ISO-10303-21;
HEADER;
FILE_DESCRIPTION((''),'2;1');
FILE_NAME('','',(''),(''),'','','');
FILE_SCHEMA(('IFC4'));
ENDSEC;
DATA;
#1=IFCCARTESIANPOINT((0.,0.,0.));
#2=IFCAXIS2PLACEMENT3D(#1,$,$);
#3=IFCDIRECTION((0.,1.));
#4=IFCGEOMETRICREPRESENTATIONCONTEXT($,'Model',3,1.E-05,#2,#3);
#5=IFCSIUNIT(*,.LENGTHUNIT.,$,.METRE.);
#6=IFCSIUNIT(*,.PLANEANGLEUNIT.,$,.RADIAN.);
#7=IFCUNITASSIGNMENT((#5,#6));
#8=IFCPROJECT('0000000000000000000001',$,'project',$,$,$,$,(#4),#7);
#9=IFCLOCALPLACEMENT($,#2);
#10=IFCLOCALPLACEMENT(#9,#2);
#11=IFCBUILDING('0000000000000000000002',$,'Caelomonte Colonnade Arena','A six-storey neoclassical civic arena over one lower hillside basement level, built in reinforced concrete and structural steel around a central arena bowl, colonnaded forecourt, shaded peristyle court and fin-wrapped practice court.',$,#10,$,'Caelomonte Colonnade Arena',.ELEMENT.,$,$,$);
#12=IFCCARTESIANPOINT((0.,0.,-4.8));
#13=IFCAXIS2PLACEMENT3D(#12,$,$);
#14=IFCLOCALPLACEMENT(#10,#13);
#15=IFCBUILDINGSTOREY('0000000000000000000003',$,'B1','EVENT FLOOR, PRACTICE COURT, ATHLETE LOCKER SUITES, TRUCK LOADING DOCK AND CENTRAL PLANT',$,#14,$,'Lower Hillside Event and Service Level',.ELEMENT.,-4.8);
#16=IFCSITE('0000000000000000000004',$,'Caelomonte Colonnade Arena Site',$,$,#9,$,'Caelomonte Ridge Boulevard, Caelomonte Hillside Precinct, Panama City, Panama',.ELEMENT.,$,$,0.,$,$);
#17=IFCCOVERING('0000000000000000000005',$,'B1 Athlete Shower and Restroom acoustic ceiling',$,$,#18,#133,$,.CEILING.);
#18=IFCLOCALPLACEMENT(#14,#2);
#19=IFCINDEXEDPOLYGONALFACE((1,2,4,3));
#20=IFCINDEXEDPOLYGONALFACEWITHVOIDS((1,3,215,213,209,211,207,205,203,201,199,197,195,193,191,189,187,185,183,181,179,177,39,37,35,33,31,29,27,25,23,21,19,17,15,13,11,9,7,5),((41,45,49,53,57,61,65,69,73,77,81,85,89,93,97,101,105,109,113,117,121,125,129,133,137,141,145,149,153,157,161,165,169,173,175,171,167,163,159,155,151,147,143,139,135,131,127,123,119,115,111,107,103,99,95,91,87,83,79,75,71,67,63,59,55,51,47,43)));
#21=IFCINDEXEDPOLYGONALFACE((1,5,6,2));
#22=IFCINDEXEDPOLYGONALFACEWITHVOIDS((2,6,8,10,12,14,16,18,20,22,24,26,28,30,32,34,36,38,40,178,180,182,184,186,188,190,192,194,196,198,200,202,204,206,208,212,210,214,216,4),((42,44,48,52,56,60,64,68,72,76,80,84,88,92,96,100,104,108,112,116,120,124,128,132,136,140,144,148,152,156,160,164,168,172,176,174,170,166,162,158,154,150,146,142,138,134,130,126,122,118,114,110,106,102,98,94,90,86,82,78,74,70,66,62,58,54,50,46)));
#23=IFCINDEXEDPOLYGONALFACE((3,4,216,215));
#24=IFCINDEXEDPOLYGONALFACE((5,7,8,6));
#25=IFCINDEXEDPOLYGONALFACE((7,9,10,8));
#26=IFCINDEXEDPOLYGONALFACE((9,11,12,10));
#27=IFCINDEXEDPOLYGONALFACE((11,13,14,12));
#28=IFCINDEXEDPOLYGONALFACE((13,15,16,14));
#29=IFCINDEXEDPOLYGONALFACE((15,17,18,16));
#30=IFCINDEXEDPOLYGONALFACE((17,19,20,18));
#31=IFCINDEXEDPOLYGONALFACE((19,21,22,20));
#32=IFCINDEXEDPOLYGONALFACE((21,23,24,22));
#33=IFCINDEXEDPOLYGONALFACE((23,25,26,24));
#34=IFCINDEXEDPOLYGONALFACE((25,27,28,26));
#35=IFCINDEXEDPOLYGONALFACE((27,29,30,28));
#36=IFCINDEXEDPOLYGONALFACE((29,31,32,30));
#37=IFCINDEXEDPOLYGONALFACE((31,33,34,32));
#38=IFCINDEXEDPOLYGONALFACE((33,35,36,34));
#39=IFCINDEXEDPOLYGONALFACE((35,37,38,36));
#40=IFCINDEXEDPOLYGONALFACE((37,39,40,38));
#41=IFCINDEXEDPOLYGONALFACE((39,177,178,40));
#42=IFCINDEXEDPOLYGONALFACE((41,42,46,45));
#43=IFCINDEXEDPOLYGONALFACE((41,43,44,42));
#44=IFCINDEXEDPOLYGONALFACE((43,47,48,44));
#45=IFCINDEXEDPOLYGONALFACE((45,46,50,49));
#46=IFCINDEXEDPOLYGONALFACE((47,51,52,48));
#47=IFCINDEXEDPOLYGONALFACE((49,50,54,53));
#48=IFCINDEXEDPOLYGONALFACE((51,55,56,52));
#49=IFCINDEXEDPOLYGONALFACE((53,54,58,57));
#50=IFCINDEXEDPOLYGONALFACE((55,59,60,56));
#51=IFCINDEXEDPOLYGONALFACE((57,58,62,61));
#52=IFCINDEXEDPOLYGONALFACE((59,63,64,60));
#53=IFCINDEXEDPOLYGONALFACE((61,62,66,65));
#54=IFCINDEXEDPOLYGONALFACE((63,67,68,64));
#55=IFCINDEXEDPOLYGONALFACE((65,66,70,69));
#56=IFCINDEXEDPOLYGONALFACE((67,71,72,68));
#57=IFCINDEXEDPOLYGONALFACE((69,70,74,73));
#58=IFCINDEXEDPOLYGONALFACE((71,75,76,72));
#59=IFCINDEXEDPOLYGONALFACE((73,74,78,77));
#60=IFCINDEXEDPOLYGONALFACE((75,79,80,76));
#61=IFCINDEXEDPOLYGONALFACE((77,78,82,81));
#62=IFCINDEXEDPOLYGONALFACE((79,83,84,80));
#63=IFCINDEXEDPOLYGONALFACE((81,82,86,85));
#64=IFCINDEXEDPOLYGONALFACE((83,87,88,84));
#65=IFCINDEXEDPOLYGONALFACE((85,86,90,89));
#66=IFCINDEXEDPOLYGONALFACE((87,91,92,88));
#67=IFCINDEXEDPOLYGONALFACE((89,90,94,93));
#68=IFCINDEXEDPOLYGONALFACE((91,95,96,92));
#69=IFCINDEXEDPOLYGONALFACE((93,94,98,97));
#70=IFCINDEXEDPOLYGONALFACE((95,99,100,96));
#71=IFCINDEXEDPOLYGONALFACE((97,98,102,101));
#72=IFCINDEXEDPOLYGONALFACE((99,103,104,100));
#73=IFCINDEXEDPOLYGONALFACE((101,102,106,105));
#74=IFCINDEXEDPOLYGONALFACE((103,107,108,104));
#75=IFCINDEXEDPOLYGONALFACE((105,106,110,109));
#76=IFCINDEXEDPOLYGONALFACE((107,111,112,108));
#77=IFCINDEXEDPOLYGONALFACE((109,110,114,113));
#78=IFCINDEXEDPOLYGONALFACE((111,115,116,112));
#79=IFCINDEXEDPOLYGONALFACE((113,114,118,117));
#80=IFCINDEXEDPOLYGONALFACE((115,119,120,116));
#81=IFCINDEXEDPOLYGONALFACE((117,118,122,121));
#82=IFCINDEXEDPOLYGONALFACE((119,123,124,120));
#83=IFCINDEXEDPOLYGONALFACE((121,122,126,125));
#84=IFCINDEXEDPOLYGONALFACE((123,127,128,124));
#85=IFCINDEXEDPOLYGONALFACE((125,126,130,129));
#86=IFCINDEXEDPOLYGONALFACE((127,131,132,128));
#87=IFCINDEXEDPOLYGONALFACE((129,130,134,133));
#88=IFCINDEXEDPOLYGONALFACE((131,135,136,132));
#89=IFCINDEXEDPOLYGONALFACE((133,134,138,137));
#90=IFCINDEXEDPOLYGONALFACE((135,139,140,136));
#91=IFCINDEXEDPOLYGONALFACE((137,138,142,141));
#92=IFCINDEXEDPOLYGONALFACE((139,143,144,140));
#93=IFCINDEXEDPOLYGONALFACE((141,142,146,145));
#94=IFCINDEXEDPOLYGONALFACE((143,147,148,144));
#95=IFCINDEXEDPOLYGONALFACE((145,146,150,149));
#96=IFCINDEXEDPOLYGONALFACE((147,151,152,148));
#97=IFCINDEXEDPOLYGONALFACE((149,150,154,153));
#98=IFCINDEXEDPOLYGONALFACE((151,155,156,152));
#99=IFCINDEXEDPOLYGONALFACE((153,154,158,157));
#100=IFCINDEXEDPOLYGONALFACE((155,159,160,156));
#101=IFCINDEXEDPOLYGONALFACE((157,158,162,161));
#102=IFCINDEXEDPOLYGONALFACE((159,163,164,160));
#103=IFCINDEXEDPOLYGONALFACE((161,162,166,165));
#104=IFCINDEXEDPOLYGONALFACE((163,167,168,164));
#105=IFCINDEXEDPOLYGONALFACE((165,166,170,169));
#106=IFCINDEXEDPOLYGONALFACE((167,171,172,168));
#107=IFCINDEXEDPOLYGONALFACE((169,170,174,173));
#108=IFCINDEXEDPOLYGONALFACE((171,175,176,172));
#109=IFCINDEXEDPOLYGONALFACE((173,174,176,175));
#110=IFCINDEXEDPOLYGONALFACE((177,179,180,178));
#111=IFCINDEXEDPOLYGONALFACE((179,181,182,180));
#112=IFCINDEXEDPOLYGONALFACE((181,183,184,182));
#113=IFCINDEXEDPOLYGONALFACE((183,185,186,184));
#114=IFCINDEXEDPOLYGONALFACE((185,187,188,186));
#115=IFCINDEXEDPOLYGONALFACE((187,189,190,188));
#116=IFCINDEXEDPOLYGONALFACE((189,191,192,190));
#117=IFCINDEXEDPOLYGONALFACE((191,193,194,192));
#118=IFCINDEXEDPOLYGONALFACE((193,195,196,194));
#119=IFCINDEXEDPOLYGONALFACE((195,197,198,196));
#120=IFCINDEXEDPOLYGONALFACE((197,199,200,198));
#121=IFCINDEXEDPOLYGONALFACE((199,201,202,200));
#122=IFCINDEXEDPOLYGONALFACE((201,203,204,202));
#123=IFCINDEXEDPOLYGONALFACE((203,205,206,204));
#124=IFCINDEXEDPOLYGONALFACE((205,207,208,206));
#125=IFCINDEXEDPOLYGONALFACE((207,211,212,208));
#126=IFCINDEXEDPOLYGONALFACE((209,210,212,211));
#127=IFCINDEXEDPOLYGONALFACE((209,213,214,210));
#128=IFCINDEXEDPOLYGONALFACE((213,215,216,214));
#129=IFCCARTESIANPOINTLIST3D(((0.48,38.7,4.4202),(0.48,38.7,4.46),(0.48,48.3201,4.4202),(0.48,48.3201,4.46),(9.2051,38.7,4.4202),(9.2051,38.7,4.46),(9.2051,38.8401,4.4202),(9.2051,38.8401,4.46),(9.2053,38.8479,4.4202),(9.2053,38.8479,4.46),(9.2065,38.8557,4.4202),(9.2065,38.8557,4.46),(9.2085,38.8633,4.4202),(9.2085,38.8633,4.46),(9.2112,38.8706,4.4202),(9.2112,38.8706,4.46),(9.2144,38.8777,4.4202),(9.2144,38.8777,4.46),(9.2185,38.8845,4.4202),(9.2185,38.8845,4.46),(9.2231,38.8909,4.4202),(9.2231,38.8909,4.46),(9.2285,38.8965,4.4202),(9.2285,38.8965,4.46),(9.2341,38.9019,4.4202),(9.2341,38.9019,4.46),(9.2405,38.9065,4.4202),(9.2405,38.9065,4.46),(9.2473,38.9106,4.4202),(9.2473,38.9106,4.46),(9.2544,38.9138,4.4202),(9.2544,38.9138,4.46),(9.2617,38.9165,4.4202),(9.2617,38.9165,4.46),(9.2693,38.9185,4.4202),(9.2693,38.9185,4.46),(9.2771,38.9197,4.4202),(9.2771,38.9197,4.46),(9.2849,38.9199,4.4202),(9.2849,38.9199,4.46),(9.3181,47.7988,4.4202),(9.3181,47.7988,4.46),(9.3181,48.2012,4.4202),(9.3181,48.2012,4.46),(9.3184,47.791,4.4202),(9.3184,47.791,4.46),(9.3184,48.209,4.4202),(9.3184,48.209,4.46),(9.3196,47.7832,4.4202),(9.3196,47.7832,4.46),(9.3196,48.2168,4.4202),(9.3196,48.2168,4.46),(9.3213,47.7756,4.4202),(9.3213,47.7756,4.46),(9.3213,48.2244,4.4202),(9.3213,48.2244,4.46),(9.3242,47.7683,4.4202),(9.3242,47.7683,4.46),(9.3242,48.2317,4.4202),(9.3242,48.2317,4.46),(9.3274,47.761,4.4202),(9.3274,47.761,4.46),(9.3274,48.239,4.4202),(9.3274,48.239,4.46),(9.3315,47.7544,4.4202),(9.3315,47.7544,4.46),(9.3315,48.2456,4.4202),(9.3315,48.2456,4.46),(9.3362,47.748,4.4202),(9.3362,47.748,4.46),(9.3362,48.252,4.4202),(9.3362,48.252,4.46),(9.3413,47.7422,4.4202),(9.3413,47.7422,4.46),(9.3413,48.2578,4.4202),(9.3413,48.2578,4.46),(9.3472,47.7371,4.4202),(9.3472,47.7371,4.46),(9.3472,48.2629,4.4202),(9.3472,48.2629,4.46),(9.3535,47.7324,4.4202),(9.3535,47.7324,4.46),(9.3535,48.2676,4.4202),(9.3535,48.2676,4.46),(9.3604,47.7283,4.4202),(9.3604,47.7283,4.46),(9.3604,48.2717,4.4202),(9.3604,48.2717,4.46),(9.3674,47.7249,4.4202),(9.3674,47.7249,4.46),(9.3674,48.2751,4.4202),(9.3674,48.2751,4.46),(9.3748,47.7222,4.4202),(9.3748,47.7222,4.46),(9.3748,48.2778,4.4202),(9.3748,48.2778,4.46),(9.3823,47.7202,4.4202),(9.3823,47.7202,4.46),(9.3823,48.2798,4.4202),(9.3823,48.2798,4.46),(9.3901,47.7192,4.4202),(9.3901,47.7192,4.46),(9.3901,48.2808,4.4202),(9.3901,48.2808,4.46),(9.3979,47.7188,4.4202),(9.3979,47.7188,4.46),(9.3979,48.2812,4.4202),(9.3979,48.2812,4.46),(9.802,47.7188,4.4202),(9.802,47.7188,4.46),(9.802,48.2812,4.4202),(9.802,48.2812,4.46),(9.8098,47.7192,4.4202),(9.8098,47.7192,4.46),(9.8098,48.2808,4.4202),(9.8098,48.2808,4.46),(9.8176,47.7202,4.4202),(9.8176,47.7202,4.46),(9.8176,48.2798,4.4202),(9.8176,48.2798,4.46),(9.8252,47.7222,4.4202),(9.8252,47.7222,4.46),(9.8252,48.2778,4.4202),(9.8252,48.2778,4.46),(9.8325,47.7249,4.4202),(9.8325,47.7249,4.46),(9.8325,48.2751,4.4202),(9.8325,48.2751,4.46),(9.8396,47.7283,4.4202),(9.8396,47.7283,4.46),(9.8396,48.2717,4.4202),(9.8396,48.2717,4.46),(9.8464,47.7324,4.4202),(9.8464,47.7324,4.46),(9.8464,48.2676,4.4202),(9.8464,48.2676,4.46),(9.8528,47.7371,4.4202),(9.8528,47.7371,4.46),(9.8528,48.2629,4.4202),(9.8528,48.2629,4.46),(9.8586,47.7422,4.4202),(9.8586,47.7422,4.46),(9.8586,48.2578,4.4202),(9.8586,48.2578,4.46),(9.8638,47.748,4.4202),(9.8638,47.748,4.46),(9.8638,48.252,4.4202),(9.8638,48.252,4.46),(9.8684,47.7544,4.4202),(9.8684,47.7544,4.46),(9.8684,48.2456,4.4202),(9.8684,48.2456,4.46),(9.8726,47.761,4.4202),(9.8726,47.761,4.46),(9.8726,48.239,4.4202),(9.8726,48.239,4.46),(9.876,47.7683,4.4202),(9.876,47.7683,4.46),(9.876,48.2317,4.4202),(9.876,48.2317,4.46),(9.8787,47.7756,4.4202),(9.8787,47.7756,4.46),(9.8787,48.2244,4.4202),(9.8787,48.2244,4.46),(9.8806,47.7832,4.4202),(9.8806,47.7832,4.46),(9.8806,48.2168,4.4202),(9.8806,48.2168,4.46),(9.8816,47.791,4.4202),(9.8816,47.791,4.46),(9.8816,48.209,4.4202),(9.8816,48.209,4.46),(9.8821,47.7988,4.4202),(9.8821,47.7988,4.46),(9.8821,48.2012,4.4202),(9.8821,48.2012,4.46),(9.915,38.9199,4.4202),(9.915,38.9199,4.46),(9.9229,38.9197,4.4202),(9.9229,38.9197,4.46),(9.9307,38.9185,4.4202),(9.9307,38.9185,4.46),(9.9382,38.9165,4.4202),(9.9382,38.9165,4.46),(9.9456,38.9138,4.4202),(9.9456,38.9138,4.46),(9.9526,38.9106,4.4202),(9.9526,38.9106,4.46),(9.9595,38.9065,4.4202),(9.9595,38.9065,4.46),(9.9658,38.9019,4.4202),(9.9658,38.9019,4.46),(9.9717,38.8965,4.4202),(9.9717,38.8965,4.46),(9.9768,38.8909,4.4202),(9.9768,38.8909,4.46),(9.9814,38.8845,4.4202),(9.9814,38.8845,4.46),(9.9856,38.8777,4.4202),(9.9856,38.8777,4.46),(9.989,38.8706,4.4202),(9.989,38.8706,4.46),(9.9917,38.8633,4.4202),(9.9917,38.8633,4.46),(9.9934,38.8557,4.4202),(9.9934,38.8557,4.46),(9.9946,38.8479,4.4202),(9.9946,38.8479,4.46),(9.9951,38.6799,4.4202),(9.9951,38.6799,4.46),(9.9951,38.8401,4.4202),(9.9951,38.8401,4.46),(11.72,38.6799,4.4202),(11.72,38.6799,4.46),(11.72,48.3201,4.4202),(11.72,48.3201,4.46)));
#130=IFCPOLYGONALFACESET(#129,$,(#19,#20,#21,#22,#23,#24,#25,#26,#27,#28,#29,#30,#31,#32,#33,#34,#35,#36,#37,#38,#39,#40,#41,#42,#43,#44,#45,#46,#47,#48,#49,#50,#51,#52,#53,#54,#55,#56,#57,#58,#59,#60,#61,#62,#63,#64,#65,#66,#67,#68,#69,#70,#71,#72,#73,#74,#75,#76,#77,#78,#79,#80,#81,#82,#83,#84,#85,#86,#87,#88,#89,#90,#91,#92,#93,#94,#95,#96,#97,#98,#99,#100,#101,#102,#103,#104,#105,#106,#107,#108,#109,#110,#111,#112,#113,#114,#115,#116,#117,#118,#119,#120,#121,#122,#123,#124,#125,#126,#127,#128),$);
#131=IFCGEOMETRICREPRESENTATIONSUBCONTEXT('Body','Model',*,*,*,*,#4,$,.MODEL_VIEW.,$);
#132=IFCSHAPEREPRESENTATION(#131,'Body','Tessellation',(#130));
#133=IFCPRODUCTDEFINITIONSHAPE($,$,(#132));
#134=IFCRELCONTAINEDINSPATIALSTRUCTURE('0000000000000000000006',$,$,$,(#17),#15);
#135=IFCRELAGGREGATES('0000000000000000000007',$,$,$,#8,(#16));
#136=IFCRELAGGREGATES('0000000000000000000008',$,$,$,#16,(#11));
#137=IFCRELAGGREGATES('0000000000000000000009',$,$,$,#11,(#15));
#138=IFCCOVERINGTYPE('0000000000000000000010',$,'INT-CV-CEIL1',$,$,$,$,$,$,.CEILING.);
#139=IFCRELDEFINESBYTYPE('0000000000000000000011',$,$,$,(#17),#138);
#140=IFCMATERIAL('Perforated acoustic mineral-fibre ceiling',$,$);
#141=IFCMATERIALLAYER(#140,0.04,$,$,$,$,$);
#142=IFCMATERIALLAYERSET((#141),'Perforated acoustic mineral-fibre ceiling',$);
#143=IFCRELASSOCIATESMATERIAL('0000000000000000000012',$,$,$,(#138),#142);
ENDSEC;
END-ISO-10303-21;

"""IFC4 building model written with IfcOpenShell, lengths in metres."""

from ifc_helpers import new_model, si_unit, direction, frame, origin, place, context, subcontext, project, spatial, polyline, outline, extrude, material, layer, layer_set, type_object, element, save


model = new_model("IFC4")

# Units and contexts
model_context = context("Model", 3, precision=1e-05, world=origin(), true_north=direction((0.0, 1.0)))
body_context = subcontext(model_context, "Body", "Model", "MODEL_VIEW")
ifc_project = project(units=[si_unit("LENGTHUNIT", "METRE"), si_unit("PLANEANGLEUNIT", "RADIAN")], contexts=[model_context])

# Site, building, storey
site_placement = place(None, origin())
site = spatial("IfcSite", under=ifc_project, at=site_placement, Name="Caelomonte Colonnade Arena Site", LongName="Caelomonte Ridge Boulevard, Caelomonte Hillside Precinct, Panama City, Panama", CompositionType="ELEMENT", RefElevation=0.0)
building_placement = place(site_placement, origin())
building = spatial("IfcBuilding", under=site, at=building_placement, Name="Caelomonte Colonnade Arena", Description="A six-storey neoclassical civic arena over one lower hillside basement level, built in reinforced concrete and structural steel around a central arena bowl, colonnaded forecourt, shaded peristyle court and fin-wrapped practice court.", LongName="Caelomonte Colonnade Arena", CompositionType="ELEMENT")
storey_placement = place(building_placement, frame((0.0, 0.0, -4.8)))
storey = spatial("IfcBuildingStorey", under=building, at=storey_placement, Name="B1", Description="EVENT FLOOR, PRACTICE COURT, ATHLETE LOCKER SUITES, TRUCK LOADING DOCK AND CENTRAL PLANT", LongName="Lower Hillside Event and Service Level", CompositionType="ELEMENT", Elevation=-4.8)

# Covering
ifc_material_1 = material(Name="Perforated acoustic mineral-fibre ceiling")
ifc_layer_1 = layer(ifc_material_1, 0.04)
ifc_layer_set_1 = layer_set([ifc_layer_1], Name="Perforated acoustic mineral-fibre ceiling")
covering_type_1 = type_object("IfcCoveringType", Name="INT-CV-CEIL1", PredefinedType="CEILING", material=ifc_layer_set_1)
covering_1_placement = place(storey_placement, frame((0.0, 0.0, 4.4202)))
element("IfcCovering", 1, at=covering_1_placement, inside=storey, type_object=covering_type_1, Name="B1 Athlete Shower and Restroom acoustic ceiling", PredefinedType="CEILING", context=body_context, shape_type="SweptSolid", body=[
    extrude(outline(polyline([(9.2771, 38.9197), (9.2849, 38.9199), (9.915, 38.9199), (9.9229, 38.9197), (9.9307, 38.9185), (9.9382, 38.9165), (9.9456, 38.9138), (9.9526, 38.9106), (9.9595, 38.9065), (9.9658, 38.9019), (9.9717, 38.8965), (9.9768, 38.8909), (9.9814, 38.8845), (9.9856, 38.8777), (9.989, 38.8706), (9.9917, 38.8633), (9.9934, 38.8557), (9.9946, 38.8479), (9.9951, 38.8401), (9.9951, 38.6799), (11.72, 38.6799), (11.72, 48.3201), (0.48, 48.3201), (0.48, 38.7), (9.2051, 38.7), (9.2051, 38.8401), (9.2053, 38.8479), (9.2065, 38.8557), (9.2085, 38.8633), (9.2112, 38.8706), (9.2144, 38.8777), (9.2185, 38.8845), (9.2231, 38.8909), (9.2285, 38.8965), (9.2341, 38.9019), (9.2405, 38.9065), (9.2473, 38.9106), (9.2544, 38.9138), (9.2617, 38.9165), (9.2693, 38.9185), (9.2771, 38.9197)]), holes=[polyline([(9.8098, 47.7192), (9.802, 47.7188), (9.3979, 47.7188), (9.3901, 47.7192), (9.3823, 47.7202), (9.3748, 47.7222), (9.3674, 47.7249), (9.3604, 47.7283), (9.3535, 47.7324), (9.3472, 47.7371), (9.3413, 47.7422), (9.3362, 47.748), (9.3315, 47.7544), (9.3274, 47.761), (9.3242, 47.7683), (9.3213, 47.7756), (9.3196, 47.7832), (9.3184, 47.791), (9.3181, 47.7988), (9.3181, 48.2012), (9.3184, 48.209), (9.3196, 48.2168), (9.3213, 48.2244), (9.3242, 48.2317), (9.3274, 48.239), (9.3315, 48.2456), (9.3362, 48.252), (9.3413, 48.2578), (9.3472, 48.2629), (9.3535, 48.2676), (9.3604, 48.2717), (9.3674, 48.2751), (9.3748, 48.2778), (9.3823, 48.2798), (9.3901, 48.2808), (9.3979, 48.2812), (9.802, 48.2812), (9.8098, 48.2808), (9.8176, 48.2798), (9.8252, 48.2778), (9.8325, 48.2751), (9.8396, 48.2717), (9.8464, 48.2676), (9.8528, 48.2629), (9.8586, 48.2578), (9.8638, 48.252), (9.8684, 48.2456), (9.8726, 48.239), (9.876, 48.2317), (9.8787, 48.2244), (9.8806, 48.2168), (9.8816, 48.209), (9.8821, 48.2012), (9.8821, 47.7988), (9.8816, 47.791), (9.8806, 47.7832), (9.8787, 47.7756), (9.876, 47.7683), (9.8726, 47.761), (9.8684, 47.7544), (9.8638, 47.748), (9.8586, 47.7422), (9.8528, 47.7371), (9.8464, 47.7324), (9.8396, 47.7283), (9.8325, 47.7249), (9.8252, 47.7222), (9.8176, 47.7202), (9.8098, 47.7192)])]), origin(), (0.0, 0.0, 1.0), 0.0398),
])

save(model, "model.ifc")
